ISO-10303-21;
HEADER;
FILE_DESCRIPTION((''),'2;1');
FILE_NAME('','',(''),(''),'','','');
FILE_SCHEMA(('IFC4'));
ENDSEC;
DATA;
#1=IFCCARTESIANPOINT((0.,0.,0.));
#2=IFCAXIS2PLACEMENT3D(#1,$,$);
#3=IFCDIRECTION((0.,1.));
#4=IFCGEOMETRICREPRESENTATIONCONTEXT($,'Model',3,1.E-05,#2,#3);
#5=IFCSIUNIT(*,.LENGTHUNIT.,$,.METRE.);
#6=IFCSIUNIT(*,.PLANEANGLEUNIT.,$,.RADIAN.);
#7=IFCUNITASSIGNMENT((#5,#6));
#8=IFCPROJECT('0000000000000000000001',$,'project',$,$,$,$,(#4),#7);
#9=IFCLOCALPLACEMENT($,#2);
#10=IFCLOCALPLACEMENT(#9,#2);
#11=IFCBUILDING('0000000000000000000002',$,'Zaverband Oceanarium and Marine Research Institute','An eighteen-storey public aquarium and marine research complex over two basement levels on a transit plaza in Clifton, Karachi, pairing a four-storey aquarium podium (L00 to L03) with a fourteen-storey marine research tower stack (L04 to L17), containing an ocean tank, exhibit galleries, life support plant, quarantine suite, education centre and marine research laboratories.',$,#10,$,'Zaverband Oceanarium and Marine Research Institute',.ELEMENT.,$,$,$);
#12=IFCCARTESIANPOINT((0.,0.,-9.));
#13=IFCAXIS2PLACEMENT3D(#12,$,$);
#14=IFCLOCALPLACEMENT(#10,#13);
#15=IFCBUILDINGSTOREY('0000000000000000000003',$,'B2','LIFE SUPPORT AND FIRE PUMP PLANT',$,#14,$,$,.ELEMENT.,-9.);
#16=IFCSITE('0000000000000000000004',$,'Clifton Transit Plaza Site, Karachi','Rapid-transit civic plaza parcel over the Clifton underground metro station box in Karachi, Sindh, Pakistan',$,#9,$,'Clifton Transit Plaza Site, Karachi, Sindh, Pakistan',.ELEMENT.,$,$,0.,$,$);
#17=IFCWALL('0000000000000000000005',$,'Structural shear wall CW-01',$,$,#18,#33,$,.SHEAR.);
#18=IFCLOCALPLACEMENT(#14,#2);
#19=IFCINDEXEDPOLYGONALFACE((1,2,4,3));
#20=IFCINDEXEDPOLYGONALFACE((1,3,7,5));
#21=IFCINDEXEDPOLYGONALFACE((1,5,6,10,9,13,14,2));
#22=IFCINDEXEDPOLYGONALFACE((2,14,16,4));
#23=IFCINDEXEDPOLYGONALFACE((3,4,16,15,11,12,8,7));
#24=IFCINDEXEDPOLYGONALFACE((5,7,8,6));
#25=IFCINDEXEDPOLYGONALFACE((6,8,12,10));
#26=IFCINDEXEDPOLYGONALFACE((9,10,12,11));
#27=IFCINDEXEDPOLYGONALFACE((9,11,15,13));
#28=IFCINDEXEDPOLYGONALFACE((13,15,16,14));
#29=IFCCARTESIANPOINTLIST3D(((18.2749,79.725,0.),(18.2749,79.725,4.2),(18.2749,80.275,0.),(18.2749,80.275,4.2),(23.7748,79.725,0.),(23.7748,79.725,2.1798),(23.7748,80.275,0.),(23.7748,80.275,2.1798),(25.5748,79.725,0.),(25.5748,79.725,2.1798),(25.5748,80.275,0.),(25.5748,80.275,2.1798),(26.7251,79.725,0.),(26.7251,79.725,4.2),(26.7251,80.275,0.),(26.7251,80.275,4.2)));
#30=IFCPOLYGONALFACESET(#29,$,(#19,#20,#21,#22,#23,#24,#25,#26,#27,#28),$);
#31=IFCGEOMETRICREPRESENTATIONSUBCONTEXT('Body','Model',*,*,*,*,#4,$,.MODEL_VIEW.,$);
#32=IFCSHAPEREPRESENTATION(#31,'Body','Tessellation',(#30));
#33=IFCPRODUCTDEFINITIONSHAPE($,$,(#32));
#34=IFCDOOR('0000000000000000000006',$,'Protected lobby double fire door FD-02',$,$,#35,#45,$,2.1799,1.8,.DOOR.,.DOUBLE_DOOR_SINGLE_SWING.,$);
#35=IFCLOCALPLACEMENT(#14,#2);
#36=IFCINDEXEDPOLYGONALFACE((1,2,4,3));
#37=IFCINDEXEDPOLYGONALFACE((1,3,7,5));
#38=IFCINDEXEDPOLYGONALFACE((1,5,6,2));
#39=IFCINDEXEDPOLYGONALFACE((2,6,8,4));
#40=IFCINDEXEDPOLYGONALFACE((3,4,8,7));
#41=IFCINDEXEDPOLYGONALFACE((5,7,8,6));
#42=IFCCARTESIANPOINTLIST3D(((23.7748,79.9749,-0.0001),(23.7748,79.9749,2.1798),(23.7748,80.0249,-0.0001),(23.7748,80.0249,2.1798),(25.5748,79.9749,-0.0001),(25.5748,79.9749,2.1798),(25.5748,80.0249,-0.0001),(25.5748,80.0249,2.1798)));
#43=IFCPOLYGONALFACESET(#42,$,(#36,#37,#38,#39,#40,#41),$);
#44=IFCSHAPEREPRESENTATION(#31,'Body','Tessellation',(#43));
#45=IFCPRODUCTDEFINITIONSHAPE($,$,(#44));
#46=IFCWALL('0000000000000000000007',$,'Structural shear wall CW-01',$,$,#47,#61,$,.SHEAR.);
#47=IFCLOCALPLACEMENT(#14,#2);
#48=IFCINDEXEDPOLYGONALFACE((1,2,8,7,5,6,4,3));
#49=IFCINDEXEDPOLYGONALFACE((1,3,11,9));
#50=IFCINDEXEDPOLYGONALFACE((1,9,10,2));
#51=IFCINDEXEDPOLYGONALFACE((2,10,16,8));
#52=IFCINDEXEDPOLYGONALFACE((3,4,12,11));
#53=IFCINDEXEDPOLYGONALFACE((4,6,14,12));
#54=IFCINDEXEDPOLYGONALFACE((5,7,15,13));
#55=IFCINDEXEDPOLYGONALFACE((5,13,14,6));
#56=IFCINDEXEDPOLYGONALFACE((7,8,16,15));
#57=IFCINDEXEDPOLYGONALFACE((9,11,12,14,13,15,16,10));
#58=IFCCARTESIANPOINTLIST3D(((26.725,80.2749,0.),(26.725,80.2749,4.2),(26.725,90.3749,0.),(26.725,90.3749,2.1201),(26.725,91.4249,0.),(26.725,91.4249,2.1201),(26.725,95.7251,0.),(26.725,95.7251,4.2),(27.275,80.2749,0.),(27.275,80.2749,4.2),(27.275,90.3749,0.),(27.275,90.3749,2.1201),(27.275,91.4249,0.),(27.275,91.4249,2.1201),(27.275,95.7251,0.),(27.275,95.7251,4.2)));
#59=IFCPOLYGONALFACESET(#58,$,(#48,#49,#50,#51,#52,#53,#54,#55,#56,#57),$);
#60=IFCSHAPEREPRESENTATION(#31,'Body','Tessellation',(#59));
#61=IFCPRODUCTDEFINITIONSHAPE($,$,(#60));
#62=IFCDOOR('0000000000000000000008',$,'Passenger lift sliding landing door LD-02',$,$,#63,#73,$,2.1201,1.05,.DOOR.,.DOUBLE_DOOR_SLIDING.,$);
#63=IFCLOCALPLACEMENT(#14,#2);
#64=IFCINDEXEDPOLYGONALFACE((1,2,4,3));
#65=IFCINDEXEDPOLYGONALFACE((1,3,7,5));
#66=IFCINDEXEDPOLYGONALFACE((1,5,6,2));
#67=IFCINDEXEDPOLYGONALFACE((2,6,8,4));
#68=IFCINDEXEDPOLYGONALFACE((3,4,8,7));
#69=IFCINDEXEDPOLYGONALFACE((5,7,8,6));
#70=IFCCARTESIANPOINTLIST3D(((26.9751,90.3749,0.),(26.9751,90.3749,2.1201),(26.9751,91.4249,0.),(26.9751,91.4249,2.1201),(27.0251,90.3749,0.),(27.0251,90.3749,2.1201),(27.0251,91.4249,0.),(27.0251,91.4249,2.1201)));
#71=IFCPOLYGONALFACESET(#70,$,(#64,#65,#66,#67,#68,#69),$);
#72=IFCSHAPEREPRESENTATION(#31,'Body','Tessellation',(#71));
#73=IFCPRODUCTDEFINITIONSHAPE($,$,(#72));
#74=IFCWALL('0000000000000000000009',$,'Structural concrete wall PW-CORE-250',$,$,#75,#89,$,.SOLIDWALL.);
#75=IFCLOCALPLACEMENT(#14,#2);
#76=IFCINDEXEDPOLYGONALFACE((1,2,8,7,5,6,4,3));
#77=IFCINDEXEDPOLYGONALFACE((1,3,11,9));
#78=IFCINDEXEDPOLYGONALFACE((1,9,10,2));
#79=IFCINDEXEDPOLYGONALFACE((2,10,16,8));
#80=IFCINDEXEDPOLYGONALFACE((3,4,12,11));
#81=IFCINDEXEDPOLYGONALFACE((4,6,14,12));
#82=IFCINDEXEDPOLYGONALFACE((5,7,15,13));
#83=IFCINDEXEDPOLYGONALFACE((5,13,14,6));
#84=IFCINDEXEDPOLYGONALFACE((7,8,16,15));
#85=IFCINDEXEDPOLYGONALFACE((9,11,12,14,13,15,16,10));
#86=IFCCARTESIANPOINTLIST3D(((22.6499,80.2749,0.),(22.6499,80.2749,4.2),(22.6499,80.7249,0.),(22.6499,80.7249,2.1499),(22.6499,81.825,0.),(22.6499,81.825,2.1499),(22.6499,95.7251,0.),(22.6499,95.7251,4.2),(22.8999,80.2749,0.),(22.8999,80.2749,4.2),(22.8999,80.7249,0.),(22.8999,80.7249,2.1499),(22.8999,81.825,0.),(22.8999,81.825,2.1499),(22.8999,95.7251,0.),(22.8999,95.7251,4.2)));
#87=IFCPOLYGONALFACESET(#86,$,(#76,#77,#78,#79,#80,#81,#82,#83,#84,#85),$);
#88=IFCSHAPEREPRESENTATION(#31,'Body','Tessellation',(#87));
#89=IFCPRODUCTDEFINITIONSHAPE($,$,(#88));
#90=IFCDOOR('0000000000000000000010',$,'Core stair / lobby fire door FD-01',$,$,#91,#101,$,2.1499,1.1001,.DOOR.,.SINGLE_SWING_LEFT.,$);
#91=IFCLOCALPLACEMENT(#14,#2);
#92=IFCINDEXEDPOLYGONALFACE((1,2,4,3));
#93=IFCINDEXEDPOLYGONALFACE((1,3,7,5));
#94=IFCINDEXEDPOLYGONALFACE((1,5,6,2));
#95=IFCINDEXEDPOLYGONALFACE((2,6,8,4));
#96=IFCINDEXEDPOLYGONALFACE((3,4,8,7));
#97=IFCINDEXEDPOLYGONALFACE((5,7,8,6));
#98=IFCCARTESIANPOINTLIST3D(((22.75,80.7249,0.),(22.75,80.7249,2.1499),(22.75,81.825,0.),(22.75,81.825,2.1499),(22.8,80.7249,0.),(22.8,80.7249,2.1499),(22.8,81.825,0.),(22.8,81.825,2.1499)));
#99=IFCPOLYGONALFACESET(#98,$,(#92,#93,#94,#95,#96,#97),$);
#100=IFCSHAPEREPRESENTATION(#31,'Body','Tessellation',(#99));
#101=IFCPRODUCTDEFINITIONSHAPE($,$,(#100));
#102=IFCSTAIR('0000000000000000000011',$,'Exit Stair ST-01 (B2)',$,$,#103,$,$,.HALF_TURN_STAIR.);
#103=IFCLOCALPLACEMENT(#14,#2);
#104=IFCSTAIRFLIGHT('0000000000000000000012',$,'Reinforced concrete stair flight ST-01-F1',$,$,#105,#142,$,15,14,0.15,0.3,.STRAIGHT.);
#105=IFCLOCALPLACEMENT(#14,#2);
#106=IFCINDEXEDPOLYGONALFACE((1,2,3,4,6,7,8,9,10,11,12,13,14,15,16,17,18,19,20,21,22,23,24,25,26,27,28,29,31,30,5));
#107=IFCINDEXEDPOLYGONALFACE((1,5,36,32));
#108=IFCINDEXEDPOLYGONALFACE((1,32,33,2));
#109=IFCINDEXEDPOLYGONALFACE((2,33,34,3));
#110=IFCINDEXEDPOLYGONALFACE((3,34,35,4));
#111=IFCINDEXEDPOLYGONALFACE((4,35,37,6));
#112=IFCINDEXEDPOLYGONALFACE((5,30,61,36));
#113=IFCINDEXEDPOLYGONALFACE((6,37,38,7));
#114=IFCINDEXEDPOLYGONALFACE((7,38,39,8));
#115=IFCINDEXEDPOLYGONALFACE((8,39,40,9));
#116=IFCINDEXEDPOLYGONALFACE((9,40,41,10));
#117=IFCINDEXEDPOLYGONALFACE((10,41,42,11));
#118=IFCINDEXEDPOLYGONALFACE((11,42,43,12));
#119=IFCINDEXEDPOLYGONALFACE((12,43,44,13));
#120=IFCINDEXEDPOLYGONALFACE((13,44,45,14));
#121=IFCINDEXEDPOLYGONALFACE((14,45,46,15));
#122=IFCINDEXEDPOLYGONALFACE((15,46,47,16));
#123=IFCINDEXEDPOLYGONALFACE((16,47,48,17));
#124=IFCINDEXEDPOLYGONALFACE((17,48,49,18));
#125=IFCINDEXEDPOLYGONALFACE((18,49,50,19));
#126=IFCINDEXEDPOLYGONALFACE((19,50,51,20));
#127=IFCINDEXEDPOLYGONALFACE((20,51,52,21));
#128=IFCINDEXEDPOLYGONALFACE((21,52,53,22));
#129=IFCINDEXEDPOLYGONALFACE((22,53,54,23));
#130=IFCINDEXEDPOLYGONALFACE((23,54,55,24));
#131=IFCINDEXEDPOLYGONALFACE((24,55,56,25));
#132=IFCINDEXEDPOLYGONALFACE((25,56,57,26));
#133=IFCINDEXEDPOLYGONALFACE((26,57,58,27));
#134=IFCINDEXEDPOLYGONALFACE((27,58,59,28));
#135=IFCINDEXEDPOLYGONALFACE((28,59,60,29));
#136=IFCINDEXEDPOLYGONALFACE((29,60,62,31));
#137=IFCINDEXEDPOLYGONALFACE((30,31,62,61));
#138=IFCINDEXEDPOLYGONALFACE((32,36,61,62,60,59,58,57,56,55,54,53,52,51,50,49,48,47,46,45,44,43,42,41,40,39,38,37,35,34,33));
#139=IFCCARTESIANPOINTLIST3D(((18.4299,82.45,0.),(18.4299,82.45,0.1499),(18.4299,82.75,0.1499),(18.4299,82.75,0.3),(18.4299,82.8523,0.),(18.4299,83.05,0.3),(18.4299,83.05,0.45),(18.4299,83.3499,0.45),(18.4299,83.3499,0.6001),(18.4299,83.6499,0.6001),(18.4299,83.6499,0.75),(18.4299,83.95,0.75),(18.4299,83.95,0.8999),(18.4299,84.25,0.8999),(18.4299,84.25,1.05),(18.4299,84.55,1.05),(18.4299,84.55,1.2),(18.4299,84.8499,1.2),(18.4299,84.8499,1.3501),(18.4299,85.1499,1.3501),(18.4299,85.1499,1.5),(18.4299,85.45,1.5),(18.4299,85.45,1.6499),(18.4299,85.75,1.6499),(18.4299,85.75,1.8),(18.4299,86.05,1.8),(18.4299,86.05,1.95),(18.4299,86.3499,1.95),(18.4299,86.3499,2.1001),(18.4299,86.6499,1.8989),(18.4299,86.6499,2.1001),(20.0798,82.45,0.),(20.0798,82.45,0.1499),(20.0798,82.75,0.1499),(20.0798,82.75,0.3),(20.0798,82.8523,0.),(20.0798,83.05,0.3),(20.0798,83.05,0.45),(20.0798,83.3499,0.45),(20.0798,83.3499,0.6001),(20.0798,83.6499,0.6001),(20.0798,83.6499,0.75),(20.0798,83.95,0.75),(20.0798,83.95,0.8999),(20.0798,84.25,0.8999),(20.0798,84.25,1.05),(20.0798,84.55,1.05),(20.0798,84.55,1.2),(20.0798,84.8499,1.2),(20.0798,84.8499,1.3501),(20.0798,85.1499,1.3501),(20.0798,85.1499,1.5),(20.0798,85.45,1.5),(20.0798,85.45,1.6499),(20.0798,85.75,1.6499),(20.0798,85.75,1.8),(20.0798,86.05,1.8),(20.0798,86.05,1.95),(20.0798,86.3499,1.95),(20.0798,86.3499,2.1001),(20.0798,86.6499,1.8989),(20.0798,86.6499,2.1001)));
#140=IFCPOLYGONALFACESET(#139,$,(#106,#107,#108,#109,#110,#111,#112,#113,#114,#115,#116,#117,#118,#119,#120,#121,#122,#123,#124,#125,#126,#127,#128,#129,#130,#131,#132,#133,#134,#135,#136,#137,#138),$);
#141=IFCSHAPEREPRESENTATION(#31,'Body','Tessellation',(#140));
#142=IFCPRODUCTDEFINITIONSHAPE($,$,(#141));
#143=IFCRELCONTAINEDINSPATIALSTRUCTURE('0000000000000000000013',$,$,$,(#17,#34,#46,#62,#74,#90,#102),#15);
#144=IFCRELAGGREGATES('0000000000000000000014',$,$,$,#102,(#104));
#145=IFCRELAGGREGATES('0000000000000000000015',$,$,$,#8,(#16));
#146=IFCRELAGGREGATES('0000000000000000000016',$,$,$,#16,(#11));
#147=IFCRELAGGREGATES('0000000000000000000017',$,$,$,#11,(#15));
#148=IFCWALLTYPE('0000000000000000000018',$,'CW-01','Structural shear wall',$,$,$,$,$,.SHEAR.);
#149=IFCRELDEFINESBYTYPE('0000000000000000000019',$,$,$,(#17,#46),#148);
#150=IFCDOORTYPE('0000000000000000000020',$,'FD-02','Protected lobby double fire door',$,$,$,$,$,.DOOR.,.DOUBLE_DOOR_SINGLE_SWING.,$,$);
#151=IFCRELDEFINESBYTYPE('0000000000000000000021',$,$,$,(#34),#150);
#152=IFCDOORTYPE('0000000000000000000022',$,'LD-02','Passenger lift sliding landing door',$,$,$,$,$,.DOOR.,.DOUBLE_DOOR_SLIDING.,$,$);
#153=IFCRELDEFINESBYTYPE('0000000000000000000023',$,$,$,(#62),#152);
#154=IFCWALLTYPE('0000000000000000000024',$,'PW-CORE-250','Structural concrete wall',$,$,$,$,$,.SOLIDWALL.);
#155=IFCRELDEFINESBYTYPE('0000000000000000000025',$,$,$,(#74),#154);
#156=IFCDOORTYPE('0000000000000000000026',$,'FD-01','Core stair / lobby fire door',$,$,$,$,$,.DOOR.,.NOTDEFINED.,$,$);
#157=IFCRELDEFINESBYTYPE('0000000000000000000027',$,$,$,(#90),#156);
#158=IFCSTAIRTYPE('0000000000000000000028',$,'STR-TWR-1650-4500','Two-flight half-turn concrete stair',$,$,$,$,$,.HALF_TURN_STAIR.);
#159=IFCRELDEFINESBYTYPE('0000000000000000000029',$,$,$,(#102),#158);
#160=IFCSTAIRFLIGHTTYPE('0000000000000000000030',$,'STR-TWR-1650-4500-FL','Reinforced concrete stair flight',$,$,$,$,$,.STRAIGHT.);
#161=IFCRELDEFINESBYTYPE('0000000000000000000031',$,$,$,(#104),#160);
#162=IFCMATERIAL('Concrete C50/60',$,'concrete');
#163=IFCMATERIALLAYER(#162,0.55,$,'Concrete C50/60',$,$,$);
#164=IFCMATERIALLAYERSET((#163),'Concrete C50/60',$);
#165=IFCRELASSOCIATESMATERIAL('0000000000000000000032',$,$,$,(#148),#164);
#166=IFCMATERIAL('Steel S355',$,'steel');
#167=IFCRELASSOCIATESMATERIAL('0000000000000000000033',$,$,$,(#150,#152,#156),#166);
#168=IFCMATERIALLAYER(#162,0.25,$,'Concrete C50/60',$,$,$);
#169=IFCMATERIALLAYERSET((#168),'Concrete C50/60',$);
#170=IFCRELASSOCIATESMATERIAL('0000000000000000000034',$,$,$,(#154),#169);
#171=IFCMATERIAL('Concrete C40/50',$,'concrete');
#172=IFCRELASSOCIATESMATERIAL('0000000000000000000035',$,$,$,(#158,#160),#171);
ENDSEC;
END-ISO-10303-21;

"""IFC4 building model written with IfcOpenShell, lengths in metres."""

from ifc_helpers import new_model, si_unit, direction, frame, frame_2d, origin, place, context, subcontext, project, spatial, polyline, rectangle, outline, extrude, material, layer, layer_set, type_object, element, fill, aggregate, save


model = new_model("IFC4")

# Units and contexts
model_context = context("Model", 3, precision=1e-05, world=origin(), true_north=direction((0.0, 1.0)))
body_context = subcontext(model_context, "Body", "Model", "MODEL_VIEW")
ifc_project = project(units=[si_unit("LENGTHUNIT", "METRE"), si_unit("PLANEANGLEUNIT", "RADIAN")], contexts=[model_context])

# Site, building, storey
site_placement = place(None, origin())
site = spatial("IfcSite", under=ifc_project, at=site_placement, Name="Clifton Transit Plaza Site, Karachi", Description="Rapid-transit civic plaza parcel over the Clifton underground metro station box in Karachi, Sindh, Pakistan", LongName="Clifton Transit Plaza Site, Karachi, Sindh, Pakistan", CompositionType="ELEMENT", RefElevation=0.0)
building_placement = place(site_placement, origin())
building = spatial("IfcBuilding", under=site, at=building_placement, Name="Zaverband Oceanarium and Marine Research Institute", Description="An eighteen-storey public aquarium and marine research complex over two basement levels on a transit plaza in Clifton, Karachi, pairing a four-storey aquarium podium (L00 to L03) with a fourteen-storey marine research tower stack (L04 to L17), containing an ocean tank, exhibit galleries, life support plant, quarantine suite, education centre and marine research laboratories.", LongName="Zaverband Oceanarium and Marine Research Institute", CompositionType="ELEMENT")
storey_placement = place(building_placement, frame((0.0, 0.0, -9.0)))
storey = spatial("IfcBuildingStorey", under=building, at=storey_placement, Name="B2", Description="LIFE SUPPORT AND FIRE PUMP PLANT", CompositionType="ELEMENT", Elevation=-9.0)

# Shared definitions
ifc_material_1 = material(Name="Concrete C50/60", Category="concrete")

# Shared definitions
ifc_material_2 = material(Name="Concrete C40/50", Category="concrete")

# Walls, openings, doors
ifc_layer_1 = layer(ifc_material_1, 0.55, Name="Concrete C50/60")
ifc_layer_set_1 = layer_set([ifc_layer_1], Name="Concrete C50/60")
wall_type_1 = type_object("IfcWallType", Name="CW-01", Description="Structural shear wall", PredefinedType="SHEAR", material=ifc_layer_set_1)
wall_1_placement = place(storey_placement, frame((18.2749, 80.0, 0.0), z_axis=(0.0, 0.0, 1.0), x_axis=(1.0, 0.0, 0.0)))
wall_1 = element("IfcWall", 1, at=wall_1_placement, inside=storey, type_object=wall_type_1, Name="Structural shear wall CW-01", PredefinedType="SHEAR", context=body_context, shape_type="SweptSolid", body=[
    extrude(rectangle(XDim=8.4502, YDim=0.55, at=frame_2d((4.2251, 0.0))), origin(), (0.0, 0.0, 1.0), 4.2),
])
opening_1_placement = place(wall_1_placement, frame((5.5, 0.0, 0.0)))
opening_1 = element("IfcOpeningElement", 2, at=opening_1_placement, cuts=wall_1, PredefinedType="OPENING", context=body_context, shape_type="SweptSolid", body=[
    extrude(rectangle(XDim=1.8, YDim=2.1799, at=frame_2d((0.8999, 1.0898))), frame((0.0, 0.2871, 0.0), z_axis=(0.0, -1.0, 0.0), x_axis=(1.0, 0.0, 0.0)), (0.0, 0.0, 1.0), 0.574),
])
ifc_material_3 = material(Name="Steel S355", Category="steel")
door_type_1 = type_object("IfcDoorType", Name="FD-02", Description="Protected lobby double fire door", OperationType="DOUBLE_DOOR_SINGLE_SWING", PredefinedType="DOOR", material=ifc_material_3)
door_1_placement = place(opening_1_placement, origin())
door_1 = element("IfcDoor", 3, at=door_1_placement, inside=storey, type_object=door_type_1, Name="Protected lobby double fire door FD-02", OperationType="DOUBLE_DOOR_SINGLE_SWING", OverallHeight=2.1799, OverallWidth=1.8, PredefinedType="DOOR", context=body_context, shape_type="SweptSolid", body=[
    extrude(rectangle(XDim=1.8, YDim=2.1799, at=frame_2d((0.8999, 1.0898))), frame((0.0, 0.0249, 0.0), z_axis=(0.0, -1.0, 0.0), x_axis=(1.0, 0.0, 0.0)), (0.0, 0.0, 1.0), 0.05),
])
fill(opening_1, door_1)
wall_2_placement = place(storey_placement, frame((27.0, 80.2749, 0.0), z_axis=(0.0, 0.0, 1.0), x_axis=(0.0, 1.0, 0.0)))
wall_2 = element("IfcWall", 4, at=wall_2_placement, inside=storey, type_object=wall_type_1, Name="Structural shear wall CW-01", PredefinedType="SHEAR", context=body_context, shape_type="SweptSolid", body=[
    extrude(rectangle(XDim=15.4502, YDim=0.55, at=frame_2d((7.7251, 0.0))), origin(), (0.0, 0.0, 1.0), 4.2),
])
opening_2_placement = place(wall_2_placement, frame((10.1001, 0.0, 0.0)))
opening_2 = element("IfcOpeningElement", 5, at=opening_2_placement, cuts=wall_2, PredefinedType="OPENING", context=body_context, shape_type="SweptSolid", body=[
    extrude(rectangle(XDim=1.05, YDim=2.1201, at=frame_2d((0.5249, 1.0601))), frame((0.0, 0.2871, 0.0), z_axis=(0.0, -1.0, 0.0), x_axis=(1.0, 0.0, 0.0)), (0.0, 0.0, 1.0), 0.574),
])
door_type_2 = type_object("IfcDoorType", Name="LD-02", Description="Passenger lift sliding landing door", OperationType="DOUBLE_DOOR_SLIDING", PredefinedType="DOOR", material=ifc_material_3)
door_2_placement = place(opening_2_placement, origin())
door_2 = element("IfcDoor", 6, at=door_2_placement, inside=storey, type_object=door_type_2, Name="Passenger lift sliding landing door LD-02", OperationType="DOUBLE_DOOR_SLIDING", OverallHeight=2.1201, OverallWidth=1.05, PredefinedType="DOOR", context=body_context, shape_type="SweptSolid", body=[
    extrude(rectangle(XDim=1.05, YDim=2.1201, at=frame_2d((0.5249, 1.0601))), frame((0.0, 0.0249, 0.0), z_axis=(0.0, -1.0, 0.0), x_axis=(1.0, 0.0, 0.0)), (0.0, 0.0, 1.0), 0.05),
])
fill(opening_2, door_2)
ifc_layer_2 = layer(ifc_material_1, 0.25, Name="Concrete C50/60")
ifc_layer_set_2 = layer_set([ifc_layer_2], Name="Concrete C50/60")
wall_type_2 = type_object("IfcWallType", Name="PW-CORE-250", Description="Structural concrete wall", PredefinedType="SOLIDWALL", material=ifc_layer_set_2)
wall_3_placement = place(storey_placement, frame((22.7749, 80.2749, 0.0), z_axis=(0.0, 0.0, 1.0), x_axis=(0.0, 1.0, 0.0)))
wall_3 = element("IfcWall", 7, at=wall_3_placement, inside=storey, type_object=wall_type_2, Name="Structural concrete wall PW-CORE-250", PredefinedType="SOLIDWALL", context=body_context, shape_type="SweptSolid", body=[
    extrude(rectangle(XDim=15.4502, YDim=0.25, at=frame_2d((7.7251, 0.0))), origin(), (0.0, 0.0, 1.0), 4.2),
])
opening_3_placement = place(wall_3_placement, frame((0.45, 0.0, 0.0)))
opening_3 = element("IfcOpeningElement", 8, at=opening_3_placement, cuts=wall_3, PredefinedType="OPENING", context=body_context, shape_type="SweptSolid", body=[
    extrude(rectangle(XDim=1.1001, YDim=2.1499, at=frame_2d((0.55, 1.075))), frame((0.0, 0.137, 0.0), z_axis=(0.0, -1.0, 0.0), x_axis=(1.0, 0.0, 0.0)), (0.0, 0.0, 1.0), 0.2739),
])
door_type_3 = type_object("IfcDoorType", Name="FD-01", Description="Core stair / lobby fire door", OperationType="NOTDEFINED", PredefinedType="DOOR", material=ifc_material_3)
door_3_placement = place(opening_3_placement, origin())
door_3 = element("IfcDoor", 9, at=door_3_placement, inside=storey, type_object=door_type_3, Name="Core stair / lobby fire door FD-01", OperationType="SINGLE_SWING_LEFT", OverallHeight=2.1499, OverallWidth=1.1001, PredefinedType="DOOR", context=body_context, shape_type="SweptSolid", body=[
    extrude(rectangle(XDim=1.1001, YDim=2.1499, at=frame_2d((0.55, 1.075))), frame((0.0, 0.0249, 0.0), z_axis=(0.0, -1.0, 0.0), x_axis=(1.0, 0.0, 0.0)), (0.0, 0.0, 1.0), 0.05),
])
fill(opening_3, door_3)

# Stair, stair flight
stair_type = type_object("IfcStairType", Name="STR-TWR-1650-4500", Description="Two-flight half-turn concrete stair", PredefinedType="HALF_TURN_STAIR", material=ifc_material_2)
stair_placement = place(storey_placement, origin())
stair = element("IfcStair", 10, at=stair_placement, inside=storey, type_object=stair_type, Name="Exit Stair ST-01 (B2)", PredefinedType="HALF_TURN_STAIR")
stair_flight_type = type_object("IfcStairFlightType", Name="STR-TWR-1650-4500-FL", Description="Reinforced concrete stair flight", PredefinedType="STRAIGHT", material=ifc_material_2)
stair_flight_1_placement = place(storey_placement, frame((19.2549, 82.45, 0.0), z_axis=(0.0, 0.0, 1.0), x_axis=(0.0, 1.0, 0.0)))
stair_flight_1 = element("IfcStairFlight", 11, at=stair_flight_1_placement, type_object=stair_flight_type, Name="Reinforced concrete stair flight ST-01-F1", NumberOfRisers=15, NumberOfTreads=14, PredefinedType="STRAIGHT", RiserHeight=0.15, TreadLength=0.3, context=body_context, shape_type="SweptSolid", body=[
    extrude(outline(polyline([(0.0, 0.0), (0.0, 0.1499), (0.3, 0.1499), (0.3, 0.3), (0.6001, 0.3), (0.6001, 0.45), (0.8999, 0.45), (0.8999, 0.6001), (1.2, 0.6001), (1.2, 0.75), (1.5, 0.75), (1.5, 0.8999), (1.8, 0.8999), (1.8, 1.05), (2.1001, 1.05), (2.1001, 1.2), (2.3999, 1.2), (2.3999, 1.3501), (2.7, 1.3501), (2.7, 1.5), (3.0, 1.5), (3.0, 1.6499), (3.3, 1.6499), (3.3, 1.8), (3.6001, 1.8), (3.6001, 1.95), (3.8999, 1.95), (3.8999, 2.1001), (4.2, 2.1001), (4.2, 2.25), (4.2, 1.8989), (0.4023, 0.0), (0.0, 0.0)])), frame((0.0, 0.825, 0.0), z_axis=(0.0, -1.0, 0.0), x_axis=(1.0, 0.0, 0.0)), (0.0, 0.0, 1.0), 1.6499),
])
aggregate(stair, [stair_flight_1])

save(model, "model.ifc")
